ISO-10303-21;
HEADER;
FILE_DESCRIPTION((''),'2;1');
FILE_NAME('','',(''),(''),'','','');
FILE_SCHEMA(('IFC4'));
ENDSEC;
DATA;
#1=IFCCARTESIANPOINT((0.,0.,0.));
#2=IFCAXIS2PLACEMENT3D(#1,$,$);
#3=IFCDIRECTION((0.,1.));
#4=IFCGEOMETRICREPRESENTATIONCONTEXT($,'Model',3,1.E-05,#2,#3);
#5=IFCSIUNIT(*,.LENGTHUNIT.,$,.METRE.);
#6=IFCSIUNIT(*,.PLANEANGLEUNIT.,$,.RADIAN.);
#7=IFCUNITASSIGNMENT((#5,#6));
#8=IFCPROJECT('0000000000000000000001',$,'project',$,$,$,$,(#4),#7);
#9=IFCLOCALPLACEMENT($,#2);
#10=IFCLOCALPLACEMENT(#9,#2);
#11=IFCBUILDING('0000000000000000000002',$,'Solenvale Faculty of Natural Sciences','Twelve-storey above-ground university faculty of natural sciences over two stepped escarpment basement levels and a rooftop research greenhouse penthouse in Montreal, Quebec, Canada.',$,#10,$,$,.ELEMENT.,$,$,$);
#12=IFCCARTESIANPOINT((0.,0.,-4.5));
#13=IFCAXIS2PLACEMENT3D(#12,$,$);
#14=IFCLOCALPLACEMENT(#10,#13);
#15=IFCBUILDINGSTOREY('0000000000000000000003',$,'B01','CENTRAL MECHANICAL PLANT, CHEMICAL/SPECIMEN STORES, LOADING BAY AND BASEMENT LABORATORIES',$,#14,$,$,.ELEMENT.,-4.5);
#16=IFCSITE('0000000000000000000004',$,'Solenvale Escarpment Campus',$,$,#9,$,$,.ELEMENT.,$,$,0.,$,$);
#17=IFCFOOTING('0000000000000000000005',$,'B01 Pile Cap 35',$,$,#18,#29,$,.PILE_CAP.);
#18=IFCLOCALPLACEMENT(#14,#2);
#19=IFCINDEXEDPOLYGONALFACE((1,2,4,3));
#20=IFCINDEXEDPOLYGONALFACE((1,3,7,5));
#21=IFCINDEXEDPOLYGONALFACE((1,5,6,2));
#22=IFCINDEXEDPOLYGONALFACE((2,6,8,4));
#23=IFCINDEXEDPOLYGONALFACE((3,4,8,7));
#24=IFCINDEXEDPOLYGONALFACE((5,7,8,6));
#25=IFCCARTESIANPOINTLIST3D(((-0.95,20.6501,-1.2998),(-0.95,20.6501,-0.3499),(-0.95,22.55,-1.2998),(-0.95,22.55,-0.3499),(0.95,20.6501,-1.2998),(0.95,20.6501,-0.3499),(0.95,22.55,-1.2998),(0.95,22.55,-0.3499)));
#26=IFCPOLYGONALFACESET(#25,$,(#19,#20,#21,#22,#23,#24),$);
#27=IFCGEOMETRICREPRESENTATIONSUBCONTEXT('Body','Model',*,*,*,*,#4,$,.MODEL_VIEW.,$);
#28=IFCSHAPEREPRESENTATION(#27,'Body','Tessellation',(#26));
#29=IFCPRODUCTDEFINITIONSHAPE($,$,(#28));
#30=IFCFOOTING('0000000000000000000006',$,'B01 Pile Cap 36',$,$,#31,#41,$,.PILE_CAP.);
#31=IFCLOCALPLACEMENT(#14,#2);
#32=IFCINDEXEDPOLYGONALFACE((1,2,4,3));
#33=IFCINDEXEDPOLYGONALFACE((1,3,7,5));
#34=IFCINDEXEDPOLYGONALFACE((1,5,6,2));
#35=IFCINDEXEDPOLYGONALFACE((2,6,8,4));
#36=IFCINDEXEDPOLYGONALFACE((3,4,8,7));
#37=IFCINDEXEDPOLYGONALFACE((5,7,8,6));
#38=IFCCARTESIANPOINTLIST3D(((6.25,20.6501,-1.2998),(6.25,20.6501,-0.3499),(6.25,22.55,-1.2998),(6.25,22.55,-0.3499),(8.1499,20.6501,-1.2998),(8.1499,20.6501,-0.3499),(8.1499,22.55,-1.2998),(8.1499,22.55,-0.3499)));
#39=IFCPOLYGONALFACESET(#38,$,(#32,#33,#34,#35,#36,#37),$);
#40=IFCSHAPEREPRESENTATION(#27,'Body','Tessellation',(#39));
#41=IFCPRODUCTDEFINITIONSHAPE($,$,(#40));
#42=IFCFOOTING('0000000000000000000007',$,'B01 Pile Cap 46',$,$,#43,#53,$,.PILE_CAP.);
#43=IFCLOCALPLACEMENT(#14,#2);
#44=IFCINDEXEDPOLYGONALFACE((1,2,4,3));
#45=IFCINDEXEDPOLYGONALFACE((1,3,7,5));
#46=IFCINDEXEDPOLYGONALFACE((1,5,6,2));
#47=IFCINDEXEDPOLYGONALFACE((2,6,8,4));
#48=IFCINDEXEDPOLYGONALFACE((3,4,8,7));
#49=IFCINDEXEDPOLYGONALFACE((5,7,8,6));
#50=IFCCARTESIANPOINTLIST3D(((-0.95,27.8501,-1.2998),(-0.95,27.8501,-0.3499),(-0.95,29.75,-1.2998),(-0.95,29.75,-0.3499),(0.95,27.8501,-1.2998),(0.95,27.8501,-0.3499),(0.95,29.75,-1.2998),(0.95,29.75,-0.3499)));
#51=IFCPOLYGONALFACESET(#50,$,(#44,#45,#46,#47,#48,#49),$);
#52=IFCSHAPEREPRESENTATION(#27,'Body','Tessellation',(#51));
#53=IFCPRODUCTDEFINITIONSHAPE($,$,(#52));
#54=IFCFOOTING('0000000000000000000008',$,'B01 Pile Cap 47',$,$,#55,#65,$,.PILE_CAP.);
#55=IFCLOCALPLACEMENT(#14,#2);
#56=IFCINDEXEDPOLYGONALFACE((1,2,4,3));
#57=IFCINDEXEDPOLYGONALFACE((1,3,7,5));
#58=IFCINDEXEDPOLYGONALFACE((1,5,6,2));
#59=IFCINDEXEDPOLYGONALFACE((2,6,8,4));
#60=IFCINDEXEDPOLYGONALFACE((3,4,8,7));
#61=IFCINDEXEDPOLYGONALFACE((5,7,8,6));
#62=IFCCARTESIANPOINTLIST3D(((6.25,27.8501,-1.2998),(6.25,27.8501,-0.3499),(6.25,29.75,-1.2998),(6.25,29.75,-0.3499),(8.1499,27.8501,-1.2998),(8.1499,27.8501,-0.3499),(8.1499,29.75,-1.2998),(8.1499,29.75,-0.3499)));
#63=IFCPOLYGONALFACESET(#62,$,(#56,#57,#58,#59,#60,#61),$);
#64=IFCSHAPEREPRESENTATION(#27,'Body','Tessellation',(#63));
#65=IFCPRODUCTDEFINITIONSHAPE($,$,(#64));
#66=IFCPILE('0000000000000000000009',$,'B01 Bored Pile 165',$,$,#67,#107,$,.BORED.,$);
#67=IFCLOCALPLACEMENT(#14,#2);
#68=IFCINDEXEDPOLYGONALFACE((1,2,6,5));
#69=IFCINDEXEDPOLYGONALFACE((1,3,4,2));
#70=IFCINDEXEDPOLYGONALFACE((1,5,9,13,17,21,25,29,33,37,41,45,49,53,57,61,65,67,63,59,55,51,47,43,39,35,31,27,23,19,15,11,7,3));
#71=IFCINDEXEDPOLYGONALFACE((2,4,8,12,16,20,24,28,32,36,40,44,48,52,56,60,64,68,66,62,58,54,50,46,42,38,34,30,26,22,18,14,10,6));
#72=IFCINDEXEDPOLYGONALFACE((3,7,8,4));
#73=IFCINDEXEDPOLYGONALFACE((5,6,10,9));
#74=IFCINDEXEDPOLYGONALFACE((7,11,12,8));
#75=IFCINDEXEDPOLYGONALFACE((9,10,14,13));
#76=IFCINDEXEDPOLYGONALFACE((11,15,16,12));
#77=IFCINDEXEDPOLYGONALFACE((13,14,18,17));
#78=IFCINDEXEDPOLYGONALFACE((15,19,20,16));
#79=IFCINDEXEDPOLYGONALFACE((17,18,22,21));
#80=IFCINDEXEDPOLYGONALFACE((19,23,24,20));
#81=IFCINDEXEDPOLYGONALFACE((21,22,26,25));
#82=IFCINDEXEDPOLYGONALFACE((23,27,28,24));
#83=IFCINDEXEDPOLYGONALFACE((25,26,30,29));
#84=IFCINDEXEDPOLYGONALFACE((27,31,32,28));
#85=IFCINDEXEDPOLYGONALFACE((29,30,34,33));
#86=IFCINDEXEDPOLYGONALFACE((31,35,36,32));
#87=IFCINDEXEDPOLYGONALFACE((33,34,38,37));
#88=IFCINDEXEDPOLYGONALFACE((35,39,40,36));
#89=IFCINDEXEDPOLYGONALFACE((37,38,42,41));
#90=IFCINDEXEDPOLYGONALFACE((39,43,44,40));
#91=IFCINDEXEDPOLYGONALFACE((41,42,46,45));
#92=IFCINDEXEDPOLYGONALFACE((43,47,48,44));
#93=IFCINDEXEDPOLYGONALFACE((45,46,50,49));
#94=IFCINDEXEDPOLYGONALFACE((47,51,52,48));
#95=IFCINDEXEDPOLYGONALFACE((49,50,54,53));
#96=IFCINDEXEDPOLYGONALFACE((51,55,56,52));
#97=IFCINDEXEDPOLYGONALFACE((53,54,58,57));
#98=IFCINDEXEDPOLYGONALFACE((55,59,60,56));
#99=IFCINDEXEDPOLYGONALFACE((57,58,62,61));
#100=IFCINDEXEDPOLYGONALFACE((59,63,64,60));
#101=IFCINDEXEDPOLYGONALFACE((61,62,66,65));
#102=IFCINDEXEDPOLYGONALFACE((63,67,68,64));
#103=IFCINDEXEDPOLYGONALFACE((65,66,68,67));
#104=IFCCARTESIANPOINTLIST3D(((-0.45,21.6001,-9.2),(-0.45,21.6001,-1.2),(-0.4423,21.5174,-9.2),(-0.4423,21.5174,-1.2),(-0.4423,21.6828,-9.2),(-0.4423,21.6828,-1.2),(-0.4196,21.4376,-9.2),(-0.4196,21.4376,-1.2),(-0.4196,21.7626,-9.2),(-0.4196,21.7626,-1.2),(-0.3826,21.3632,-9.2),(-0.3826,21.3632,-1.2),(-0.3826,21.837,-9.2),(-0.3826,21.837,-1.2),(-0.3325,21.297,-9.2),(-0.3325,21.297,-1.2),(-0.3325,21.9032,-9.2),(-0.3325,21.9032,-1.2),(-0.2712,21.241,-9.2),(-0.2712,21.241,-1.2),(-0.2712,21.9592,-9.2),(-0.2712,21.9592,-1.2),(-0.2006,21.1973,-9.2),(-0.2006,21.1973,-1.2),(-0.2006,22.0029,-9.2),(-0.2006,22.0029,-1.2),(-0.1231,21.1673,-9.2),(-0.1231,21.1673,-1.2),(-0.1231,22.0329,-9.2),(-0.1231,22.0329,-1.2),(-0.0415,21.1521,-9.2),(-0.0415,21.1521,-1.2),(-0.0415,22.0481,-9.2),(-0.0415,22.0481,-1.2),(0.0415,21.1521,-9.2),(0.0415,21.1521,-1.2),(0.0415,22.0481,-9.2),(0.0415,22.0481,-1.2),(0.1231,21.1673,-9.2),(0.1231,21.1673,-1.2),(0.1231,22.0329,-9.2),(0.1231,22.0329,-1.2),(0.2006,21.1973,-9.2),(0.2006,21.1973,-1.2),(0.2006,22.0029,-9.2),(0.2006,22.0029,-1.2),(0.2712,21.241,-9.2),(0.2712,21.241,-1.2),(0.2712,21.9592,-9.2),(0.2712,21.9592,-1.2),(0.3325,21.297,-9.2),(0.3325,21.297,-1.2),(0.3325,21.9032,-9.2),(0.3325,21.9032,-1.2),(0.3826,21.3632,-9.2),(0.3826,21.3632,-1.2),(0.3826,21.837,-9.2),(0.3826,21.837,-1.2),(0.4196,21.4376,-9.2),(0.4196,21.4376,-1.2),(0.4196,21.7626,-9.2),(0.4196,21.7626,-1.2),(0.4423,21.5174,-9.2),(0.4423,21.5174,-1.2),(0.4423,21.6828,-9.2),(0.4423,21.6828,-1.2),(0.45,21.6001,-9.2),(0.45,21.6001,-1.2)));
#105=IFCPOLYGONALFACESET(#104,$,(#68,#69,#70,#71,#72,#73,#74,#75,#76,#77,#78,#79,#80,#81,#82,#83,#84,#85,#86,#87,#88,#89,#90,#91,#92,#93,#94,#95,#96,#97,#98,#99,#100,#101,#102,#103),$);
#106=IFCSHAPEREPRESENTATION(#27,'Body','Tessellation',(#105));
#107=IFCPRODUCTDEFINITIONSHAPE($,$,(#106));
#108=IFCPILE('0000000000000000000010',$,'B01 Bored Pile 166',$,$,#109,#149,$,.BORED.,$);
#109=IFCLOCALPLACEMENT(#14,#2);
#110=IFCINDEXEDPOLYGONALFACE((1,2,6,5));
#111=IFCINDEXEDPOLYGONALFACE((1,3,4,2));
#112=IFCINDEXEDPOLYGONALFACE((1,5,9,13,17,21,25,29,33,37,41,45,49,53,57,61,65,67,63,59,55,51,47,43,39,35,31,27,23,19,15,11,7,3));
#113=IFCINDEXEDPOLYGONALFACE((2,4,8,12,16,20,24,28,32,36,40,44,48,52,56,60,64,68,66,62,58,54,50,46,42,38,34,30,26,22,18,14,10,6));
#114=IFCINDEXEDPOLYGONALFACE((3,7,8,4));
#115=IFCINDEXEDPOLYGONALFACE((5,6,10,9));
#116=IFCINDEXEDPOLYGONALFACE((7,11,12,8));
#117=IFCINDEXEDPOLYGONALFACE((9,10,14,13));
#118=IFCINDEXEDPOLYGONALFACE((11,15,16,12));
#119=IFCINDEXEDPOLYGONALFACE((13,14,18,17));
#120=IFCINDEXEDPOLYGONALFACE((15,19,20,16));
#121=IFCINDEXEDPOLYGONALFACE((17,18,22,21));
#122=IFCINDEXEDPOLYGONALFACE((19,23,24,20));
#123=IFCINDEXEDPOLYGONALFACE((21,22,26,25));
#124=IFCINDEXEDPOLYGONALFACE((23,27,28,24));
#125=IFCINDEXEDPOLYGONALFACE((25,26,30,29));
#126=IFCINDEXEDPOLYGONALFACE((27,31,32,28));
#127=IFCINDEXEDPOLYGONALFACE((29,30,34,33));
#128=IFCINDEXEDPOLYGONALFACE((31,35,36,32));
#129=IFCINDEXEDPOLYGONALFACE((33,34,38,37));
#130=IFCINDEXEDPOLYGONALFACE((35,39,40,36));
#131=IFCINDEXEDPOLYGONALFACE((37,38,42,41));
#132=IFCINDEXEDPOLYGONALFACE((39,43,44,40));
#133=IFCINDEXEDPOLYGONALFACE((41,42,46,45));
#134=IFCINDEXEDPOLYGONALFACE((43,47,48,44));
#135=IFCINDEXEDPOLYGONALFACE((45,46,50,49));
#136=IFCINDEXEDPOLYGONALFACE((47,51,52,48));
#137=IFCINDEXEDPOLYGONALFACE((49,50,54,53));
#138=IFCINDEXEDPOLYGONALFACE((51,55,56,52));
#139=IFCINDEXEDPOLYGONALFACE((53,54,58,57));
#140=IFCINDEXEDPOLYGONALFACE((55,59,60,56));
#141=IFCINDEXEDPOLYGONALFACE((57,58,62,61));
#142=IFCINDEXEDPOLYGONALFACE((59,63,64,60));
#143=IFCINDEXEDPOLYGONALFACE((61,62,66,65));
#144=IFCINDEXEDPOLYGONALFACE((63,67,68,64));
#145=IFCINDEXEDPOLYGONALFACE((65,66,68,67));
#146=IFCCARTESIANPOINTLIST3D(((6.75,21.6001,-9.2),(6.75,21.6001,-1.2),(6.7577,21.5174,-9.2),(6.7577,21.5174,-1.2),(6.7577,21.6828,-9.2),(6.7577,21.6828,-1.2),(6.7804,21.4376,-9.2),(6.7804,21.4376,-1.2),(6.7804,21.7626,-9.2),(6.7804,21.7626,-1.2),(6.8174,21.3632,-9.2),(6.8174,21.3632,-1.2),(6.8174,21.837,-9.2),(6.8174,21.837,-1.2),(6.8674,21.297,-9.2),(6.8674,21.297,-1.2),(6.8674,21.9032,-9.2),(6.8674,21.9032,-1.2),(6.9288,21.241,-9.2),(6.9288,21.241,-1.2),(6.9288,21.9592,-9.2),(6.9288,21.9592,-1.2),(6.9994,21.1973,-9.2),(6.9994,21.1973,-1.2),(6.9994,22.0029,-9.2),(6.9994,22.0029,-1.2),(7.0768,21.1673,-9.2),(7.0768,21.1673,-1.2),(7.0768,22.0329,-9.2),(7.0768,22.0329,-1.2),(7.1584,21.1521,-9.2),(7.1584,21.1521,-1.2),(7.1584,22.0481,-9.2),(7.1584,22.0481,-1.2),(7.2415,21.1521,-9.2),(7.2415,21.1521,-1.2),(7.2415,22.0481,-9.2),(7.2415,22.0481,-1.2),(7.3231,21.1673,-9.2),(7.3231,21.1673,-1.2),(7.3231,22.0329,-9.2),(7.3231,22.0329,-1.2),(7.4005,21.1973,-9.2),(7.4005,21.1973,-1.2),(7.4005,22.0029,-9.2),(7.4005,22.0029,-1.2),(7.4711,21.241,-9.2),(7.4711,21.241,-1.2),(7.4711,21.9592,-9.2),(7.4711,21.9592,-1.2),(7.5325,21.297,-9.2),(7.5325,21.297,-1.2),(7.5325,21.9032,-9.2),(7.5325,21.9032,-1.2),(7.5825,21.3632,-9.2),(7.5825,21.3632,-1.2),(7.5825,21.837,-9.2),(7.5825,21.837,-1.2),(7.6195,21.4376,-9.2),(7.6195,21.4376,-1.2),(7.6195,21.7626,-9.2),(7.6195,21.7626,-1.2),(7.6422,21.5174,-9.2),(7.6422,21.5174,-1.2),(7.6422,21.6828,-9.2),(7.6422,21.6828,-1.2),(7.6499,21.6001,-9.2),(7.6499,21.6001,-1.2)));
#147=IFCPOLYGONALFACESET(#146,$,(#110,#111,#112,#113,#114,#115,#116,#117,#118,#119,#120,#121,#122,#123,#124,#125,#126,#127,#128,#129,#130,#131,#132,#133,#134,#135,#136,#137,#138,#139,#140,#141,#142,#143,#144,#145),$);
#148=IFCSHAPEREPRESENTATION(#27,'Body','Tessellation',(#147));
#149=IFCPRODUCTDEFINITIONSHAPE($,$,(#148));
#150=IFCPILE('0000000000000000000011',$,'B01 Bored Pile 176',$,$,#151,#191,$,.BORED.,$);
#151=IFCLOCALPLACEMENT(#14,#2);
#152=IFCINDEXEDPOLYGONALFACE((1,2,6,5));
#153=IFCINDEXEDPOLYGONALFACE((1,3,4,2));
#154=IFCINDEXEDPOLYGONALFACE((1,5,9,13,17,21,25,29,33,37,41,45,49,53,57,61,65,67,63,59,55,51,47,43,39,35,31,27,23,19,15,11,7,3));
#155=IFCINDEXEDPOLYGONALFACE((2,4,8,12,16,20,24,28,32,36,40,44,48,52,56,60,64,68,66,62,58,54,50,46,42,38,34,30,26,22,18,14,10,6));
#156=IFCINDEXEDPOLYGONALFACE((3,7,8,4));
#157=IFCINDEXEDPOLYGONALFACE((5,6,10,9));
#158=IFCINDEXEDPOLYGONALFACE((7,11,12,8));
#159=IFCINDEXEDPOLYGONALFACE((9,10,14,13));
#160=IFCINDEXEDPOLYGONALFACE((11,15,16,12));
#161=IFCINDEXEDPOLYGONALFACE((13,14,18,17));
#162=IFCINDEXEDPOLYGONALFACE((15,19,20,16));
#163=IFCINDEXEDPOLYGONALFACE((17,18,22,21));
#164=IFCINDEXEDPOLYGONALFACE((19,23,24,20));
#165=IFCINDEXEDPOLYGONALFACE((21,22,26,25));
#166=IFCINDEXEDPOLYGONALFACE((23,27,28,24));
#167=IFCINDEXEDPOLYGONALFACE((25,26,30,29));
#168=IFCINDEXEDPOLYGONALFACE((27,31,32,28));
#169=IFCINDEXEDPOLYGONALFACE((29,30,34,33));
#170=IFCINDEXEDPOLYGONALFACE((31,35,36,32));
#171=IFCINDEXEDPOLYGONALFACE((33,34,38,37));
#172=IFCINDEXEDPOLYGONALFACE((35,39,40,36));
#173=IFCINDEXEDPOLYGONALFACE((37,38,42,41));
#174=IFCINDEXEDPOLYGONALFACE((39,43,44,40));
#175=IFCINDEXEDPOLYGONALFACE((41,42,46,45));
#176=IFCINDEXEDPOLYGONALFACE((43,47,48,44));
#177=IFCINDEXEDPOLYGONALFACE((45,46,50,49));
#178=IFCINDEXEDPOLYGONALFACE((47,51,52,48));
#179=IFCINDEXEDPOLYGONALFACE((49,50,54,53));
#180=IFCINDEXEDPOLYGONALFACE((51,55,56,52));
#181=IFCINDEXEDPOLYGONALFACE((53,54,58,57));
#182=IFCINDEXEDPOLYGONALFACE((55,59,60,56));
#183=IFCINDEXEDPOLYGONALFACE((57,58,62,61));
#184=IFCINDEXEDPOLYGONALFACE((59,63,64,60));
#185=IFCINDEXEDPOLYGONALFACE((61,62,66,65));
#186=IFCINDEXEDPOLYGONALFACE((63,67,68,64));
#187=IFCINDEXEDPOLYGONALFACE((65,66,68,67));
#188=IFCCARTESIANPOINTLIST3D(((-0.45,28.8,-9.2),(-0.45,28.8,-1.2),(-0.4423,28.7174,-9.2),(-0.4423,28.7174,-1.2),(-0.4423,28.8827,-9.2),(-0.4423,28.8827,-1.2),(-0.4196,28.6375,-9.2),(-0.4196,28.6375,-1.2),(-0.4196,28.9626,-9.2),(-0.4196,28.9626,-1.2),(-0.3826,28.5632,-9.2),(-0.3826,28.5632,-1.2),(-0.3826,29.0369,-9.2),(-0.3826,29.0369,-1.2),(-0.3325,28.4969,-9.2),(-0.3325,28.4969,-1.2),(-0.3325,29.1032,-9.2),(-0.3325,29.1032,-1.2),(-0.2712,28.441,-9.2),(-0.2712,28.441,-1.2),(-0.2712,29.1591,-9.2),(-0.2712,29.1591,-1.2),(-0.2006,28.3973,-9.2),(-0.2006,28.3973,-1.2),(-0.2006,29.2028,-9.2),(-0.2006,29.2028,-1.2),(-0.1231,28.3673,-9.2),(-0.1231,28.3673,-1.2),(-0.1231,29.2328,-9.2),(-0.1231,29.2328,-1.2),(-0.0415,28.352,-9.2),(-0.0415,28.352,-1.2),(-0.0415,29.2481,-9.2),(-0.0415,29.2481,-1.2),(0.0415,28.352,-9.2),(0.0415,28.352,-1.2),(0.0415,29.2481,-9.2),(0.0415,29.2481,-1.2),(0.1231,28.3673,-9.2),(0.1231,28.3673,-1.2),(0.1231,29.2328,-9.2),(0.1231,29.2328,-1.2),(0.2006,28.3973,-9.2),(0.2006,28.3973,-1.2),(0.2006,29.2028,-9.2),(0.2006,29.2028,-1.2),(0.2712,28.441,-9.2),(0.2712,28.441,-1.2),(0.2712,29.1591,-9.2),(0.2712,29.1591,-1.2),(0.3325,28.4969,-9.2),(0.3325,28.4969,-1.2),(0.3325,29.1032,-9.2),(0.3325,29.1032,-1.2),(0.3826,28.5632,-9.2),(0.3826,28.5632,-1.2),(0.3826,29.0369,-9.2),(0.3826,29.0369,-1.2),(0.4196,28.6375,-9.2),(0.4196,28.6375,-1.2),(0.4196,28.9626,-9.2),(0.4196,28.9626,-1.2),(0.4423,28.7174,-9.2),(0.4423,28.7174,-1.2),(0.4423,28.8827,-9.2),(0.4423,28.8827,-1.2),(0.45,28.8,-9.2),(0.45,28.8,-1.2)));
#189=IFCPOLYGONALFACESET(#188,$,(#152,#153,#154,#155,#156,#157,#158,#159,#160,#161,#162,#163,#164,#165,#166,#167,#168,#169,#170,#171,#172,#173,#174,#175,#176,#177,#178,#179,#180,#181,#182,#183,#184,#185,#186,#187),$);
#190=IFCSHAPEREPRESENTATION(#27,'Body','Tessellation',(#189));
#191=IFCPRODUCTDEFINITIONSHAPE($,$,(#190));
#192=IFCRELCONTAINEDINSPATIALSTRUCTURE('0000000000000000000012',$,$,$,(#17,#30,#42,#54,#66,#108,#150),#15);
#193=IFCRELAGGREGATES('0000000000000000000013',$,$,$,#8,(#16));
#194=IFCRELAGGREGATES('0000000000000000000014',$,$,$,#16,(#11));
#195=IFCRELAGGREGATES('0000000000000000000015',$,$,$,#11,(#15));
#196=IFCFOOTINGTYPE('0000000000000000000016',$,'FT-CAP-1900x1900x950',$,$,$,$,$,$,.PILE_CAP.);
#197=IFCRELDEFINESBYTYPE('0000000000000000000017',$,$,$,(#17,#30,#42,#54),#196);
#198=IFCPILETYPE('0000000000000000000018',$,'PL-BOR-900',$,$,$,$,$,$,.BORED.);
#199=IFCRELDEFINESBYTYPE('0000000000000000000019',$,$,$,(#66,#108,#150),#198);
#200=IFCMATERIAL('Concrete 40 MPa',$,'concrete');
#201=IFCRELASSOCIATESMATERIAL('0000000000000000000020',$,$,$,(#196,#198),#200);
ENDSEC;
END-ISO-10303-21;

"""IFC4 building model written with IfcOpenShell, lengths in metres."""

from ifc_helpers import new_model, si_unit, direction, frame, origin, origin_2d, place, context, subcontext, project, spatial, rectangle, circle, extrude, material, material_profile, profile_set, type_object, element, save


model = new_model("IFC4")

# Units and contexts
model_context = context("Model", 3, precision=1e-05, world=origin(), true_north=direction((0.0, 1.0)))
body_context = subcontext(model_context, "Body", "Model", "MODEL_VIEW")
ifc_project = project(units=[si_unit("LENGTHUNIT", "METRE"), si_unit("PLANEANGLEUNIT", "RADIAN")], contexts=[model_context])

# Site, building, storey
site_placement = place(None, origin())
site = spatial("IfcSite", under=ifc_project, at=site_placement, Name="Solenvale Escarpment Campus", CompositionType="ELEMENT", RefElevation=0.0)
building_placement = place(site_placement, origin())
building = spatial("IfcBuilding", under=site, at=building_placement, Name="Solenvale Faculty of Natural Sciences", Description="Twelve-storey above-ground university faculty of natural sciences over two stepped escarpment basement levels and a rooftop research greenhouse penthouse in Montreal, Quebec, Canada.", CompositionType="ELEMENT")
storey_placement = place(building_placement, frame((0.0, 0.0, -4.5)))
storey = spatial("IfcBuildingStorey", under=building, at=storey_placement, Name="B01", Description="CENTRAL MECHANICAL PLANT, CHEMICAL/SPECIMEN STORES, LOADING BAY AND BASEMENT LABORATORIES", CompositionType="ELEMENT", Elevation=-4.5)

# Footings
ifc_material_1 = material(Name="Concrete 40 MPa", Category="concrete")
footing_type = type_object("IfcFootingType", Name="FT-CAP-1900x1900x950", PredefinedType="PILE_CAP", material=ifc_material_1)
for number, where, z_axis, x_axis, name in (
    (1, (0.0, 21.6001, -1.2998), (0.0, 0.0, 1.0), (1.0, 0.0, 0.0), "B01 Pile Cap 35"),
    (2, (7.2, 21.6001, -1.2998), (0.0, 0.0, 1.0), (1.0, 0.0, 0.0), "B01 Pile Cap 36"),
    (3, (0.0, 28.8, -1.2998), (0.0, 0.0, 1.0), (1.0, 0.0, 0.0), "B01 Pile Cap 46"),
    (4, (7.2, 28.8, -1.2998), (0.0, 0.0, 1.0), (1.0, 0.0, 0.0), "B01 Pile Cap 47"),
):
    element("IfcFooting", number, at=place(storey_placement, frame(where, z_axis=z_axis, x_axis=x_axis)), inside=storey, type_object=footing_type, Name=name, PredefinedType="PILE_CAP", context=body_context, shape_type="SweptSolid", body=[
        extrude(rectangle(XDim=1.8999, YDim=1.8999, at=origin_2d()), origin(), (0.0, 0.0, 1.0), 0.95),
    ])

# Piles
ifc_material_profile_1 = material_profile(ifc_material_1, circle(Radius=0.45, at=origin_2d()), Name="PILE-D900")
ifc_profile_set_1 = profile_set([ifc_material_profile_1], Name="Concrete 40 MPa")
pile_type = type_object("IfcPileType", Name="PL-BOR-900", PredefinedType="BORED", material=ifc_profile_set_1)
for number, where, z_axis, x_axis, name in (
    (5, (0.0, 21.6001, -1.2), (0.0, 0.0, -1.0), (1.0, 0.0, 0.0), "B01 Bored Pile 165"),
    (6, (7.2, 21.6001, -1.2), (0.0, 0.0, -1.0), (1.0, 0.0, 0.0), "B01 Bored Pile 166"),
    (7, (0.0, 28.8, -1.2), (0.0, 0.0, -1.0), (1.0, 0.0, 0.0), "B01 Bored Pile 176"),
):
    element("IfcPile", number, at=place(storey_placement, frame(where, z_axis=z_axis, x_axis=x_axis)), inside=storey, type_object=pile_type, Name=name, PredefinedType="BORED", context=body_context, shape_type="SweptSolid", body=[
        extrude(circle(Radius=0.45, at=origin_2d()), origin(), (0.0, 0.0, 1.0), 8.0),
    ])

save(model, "model.ifc")
